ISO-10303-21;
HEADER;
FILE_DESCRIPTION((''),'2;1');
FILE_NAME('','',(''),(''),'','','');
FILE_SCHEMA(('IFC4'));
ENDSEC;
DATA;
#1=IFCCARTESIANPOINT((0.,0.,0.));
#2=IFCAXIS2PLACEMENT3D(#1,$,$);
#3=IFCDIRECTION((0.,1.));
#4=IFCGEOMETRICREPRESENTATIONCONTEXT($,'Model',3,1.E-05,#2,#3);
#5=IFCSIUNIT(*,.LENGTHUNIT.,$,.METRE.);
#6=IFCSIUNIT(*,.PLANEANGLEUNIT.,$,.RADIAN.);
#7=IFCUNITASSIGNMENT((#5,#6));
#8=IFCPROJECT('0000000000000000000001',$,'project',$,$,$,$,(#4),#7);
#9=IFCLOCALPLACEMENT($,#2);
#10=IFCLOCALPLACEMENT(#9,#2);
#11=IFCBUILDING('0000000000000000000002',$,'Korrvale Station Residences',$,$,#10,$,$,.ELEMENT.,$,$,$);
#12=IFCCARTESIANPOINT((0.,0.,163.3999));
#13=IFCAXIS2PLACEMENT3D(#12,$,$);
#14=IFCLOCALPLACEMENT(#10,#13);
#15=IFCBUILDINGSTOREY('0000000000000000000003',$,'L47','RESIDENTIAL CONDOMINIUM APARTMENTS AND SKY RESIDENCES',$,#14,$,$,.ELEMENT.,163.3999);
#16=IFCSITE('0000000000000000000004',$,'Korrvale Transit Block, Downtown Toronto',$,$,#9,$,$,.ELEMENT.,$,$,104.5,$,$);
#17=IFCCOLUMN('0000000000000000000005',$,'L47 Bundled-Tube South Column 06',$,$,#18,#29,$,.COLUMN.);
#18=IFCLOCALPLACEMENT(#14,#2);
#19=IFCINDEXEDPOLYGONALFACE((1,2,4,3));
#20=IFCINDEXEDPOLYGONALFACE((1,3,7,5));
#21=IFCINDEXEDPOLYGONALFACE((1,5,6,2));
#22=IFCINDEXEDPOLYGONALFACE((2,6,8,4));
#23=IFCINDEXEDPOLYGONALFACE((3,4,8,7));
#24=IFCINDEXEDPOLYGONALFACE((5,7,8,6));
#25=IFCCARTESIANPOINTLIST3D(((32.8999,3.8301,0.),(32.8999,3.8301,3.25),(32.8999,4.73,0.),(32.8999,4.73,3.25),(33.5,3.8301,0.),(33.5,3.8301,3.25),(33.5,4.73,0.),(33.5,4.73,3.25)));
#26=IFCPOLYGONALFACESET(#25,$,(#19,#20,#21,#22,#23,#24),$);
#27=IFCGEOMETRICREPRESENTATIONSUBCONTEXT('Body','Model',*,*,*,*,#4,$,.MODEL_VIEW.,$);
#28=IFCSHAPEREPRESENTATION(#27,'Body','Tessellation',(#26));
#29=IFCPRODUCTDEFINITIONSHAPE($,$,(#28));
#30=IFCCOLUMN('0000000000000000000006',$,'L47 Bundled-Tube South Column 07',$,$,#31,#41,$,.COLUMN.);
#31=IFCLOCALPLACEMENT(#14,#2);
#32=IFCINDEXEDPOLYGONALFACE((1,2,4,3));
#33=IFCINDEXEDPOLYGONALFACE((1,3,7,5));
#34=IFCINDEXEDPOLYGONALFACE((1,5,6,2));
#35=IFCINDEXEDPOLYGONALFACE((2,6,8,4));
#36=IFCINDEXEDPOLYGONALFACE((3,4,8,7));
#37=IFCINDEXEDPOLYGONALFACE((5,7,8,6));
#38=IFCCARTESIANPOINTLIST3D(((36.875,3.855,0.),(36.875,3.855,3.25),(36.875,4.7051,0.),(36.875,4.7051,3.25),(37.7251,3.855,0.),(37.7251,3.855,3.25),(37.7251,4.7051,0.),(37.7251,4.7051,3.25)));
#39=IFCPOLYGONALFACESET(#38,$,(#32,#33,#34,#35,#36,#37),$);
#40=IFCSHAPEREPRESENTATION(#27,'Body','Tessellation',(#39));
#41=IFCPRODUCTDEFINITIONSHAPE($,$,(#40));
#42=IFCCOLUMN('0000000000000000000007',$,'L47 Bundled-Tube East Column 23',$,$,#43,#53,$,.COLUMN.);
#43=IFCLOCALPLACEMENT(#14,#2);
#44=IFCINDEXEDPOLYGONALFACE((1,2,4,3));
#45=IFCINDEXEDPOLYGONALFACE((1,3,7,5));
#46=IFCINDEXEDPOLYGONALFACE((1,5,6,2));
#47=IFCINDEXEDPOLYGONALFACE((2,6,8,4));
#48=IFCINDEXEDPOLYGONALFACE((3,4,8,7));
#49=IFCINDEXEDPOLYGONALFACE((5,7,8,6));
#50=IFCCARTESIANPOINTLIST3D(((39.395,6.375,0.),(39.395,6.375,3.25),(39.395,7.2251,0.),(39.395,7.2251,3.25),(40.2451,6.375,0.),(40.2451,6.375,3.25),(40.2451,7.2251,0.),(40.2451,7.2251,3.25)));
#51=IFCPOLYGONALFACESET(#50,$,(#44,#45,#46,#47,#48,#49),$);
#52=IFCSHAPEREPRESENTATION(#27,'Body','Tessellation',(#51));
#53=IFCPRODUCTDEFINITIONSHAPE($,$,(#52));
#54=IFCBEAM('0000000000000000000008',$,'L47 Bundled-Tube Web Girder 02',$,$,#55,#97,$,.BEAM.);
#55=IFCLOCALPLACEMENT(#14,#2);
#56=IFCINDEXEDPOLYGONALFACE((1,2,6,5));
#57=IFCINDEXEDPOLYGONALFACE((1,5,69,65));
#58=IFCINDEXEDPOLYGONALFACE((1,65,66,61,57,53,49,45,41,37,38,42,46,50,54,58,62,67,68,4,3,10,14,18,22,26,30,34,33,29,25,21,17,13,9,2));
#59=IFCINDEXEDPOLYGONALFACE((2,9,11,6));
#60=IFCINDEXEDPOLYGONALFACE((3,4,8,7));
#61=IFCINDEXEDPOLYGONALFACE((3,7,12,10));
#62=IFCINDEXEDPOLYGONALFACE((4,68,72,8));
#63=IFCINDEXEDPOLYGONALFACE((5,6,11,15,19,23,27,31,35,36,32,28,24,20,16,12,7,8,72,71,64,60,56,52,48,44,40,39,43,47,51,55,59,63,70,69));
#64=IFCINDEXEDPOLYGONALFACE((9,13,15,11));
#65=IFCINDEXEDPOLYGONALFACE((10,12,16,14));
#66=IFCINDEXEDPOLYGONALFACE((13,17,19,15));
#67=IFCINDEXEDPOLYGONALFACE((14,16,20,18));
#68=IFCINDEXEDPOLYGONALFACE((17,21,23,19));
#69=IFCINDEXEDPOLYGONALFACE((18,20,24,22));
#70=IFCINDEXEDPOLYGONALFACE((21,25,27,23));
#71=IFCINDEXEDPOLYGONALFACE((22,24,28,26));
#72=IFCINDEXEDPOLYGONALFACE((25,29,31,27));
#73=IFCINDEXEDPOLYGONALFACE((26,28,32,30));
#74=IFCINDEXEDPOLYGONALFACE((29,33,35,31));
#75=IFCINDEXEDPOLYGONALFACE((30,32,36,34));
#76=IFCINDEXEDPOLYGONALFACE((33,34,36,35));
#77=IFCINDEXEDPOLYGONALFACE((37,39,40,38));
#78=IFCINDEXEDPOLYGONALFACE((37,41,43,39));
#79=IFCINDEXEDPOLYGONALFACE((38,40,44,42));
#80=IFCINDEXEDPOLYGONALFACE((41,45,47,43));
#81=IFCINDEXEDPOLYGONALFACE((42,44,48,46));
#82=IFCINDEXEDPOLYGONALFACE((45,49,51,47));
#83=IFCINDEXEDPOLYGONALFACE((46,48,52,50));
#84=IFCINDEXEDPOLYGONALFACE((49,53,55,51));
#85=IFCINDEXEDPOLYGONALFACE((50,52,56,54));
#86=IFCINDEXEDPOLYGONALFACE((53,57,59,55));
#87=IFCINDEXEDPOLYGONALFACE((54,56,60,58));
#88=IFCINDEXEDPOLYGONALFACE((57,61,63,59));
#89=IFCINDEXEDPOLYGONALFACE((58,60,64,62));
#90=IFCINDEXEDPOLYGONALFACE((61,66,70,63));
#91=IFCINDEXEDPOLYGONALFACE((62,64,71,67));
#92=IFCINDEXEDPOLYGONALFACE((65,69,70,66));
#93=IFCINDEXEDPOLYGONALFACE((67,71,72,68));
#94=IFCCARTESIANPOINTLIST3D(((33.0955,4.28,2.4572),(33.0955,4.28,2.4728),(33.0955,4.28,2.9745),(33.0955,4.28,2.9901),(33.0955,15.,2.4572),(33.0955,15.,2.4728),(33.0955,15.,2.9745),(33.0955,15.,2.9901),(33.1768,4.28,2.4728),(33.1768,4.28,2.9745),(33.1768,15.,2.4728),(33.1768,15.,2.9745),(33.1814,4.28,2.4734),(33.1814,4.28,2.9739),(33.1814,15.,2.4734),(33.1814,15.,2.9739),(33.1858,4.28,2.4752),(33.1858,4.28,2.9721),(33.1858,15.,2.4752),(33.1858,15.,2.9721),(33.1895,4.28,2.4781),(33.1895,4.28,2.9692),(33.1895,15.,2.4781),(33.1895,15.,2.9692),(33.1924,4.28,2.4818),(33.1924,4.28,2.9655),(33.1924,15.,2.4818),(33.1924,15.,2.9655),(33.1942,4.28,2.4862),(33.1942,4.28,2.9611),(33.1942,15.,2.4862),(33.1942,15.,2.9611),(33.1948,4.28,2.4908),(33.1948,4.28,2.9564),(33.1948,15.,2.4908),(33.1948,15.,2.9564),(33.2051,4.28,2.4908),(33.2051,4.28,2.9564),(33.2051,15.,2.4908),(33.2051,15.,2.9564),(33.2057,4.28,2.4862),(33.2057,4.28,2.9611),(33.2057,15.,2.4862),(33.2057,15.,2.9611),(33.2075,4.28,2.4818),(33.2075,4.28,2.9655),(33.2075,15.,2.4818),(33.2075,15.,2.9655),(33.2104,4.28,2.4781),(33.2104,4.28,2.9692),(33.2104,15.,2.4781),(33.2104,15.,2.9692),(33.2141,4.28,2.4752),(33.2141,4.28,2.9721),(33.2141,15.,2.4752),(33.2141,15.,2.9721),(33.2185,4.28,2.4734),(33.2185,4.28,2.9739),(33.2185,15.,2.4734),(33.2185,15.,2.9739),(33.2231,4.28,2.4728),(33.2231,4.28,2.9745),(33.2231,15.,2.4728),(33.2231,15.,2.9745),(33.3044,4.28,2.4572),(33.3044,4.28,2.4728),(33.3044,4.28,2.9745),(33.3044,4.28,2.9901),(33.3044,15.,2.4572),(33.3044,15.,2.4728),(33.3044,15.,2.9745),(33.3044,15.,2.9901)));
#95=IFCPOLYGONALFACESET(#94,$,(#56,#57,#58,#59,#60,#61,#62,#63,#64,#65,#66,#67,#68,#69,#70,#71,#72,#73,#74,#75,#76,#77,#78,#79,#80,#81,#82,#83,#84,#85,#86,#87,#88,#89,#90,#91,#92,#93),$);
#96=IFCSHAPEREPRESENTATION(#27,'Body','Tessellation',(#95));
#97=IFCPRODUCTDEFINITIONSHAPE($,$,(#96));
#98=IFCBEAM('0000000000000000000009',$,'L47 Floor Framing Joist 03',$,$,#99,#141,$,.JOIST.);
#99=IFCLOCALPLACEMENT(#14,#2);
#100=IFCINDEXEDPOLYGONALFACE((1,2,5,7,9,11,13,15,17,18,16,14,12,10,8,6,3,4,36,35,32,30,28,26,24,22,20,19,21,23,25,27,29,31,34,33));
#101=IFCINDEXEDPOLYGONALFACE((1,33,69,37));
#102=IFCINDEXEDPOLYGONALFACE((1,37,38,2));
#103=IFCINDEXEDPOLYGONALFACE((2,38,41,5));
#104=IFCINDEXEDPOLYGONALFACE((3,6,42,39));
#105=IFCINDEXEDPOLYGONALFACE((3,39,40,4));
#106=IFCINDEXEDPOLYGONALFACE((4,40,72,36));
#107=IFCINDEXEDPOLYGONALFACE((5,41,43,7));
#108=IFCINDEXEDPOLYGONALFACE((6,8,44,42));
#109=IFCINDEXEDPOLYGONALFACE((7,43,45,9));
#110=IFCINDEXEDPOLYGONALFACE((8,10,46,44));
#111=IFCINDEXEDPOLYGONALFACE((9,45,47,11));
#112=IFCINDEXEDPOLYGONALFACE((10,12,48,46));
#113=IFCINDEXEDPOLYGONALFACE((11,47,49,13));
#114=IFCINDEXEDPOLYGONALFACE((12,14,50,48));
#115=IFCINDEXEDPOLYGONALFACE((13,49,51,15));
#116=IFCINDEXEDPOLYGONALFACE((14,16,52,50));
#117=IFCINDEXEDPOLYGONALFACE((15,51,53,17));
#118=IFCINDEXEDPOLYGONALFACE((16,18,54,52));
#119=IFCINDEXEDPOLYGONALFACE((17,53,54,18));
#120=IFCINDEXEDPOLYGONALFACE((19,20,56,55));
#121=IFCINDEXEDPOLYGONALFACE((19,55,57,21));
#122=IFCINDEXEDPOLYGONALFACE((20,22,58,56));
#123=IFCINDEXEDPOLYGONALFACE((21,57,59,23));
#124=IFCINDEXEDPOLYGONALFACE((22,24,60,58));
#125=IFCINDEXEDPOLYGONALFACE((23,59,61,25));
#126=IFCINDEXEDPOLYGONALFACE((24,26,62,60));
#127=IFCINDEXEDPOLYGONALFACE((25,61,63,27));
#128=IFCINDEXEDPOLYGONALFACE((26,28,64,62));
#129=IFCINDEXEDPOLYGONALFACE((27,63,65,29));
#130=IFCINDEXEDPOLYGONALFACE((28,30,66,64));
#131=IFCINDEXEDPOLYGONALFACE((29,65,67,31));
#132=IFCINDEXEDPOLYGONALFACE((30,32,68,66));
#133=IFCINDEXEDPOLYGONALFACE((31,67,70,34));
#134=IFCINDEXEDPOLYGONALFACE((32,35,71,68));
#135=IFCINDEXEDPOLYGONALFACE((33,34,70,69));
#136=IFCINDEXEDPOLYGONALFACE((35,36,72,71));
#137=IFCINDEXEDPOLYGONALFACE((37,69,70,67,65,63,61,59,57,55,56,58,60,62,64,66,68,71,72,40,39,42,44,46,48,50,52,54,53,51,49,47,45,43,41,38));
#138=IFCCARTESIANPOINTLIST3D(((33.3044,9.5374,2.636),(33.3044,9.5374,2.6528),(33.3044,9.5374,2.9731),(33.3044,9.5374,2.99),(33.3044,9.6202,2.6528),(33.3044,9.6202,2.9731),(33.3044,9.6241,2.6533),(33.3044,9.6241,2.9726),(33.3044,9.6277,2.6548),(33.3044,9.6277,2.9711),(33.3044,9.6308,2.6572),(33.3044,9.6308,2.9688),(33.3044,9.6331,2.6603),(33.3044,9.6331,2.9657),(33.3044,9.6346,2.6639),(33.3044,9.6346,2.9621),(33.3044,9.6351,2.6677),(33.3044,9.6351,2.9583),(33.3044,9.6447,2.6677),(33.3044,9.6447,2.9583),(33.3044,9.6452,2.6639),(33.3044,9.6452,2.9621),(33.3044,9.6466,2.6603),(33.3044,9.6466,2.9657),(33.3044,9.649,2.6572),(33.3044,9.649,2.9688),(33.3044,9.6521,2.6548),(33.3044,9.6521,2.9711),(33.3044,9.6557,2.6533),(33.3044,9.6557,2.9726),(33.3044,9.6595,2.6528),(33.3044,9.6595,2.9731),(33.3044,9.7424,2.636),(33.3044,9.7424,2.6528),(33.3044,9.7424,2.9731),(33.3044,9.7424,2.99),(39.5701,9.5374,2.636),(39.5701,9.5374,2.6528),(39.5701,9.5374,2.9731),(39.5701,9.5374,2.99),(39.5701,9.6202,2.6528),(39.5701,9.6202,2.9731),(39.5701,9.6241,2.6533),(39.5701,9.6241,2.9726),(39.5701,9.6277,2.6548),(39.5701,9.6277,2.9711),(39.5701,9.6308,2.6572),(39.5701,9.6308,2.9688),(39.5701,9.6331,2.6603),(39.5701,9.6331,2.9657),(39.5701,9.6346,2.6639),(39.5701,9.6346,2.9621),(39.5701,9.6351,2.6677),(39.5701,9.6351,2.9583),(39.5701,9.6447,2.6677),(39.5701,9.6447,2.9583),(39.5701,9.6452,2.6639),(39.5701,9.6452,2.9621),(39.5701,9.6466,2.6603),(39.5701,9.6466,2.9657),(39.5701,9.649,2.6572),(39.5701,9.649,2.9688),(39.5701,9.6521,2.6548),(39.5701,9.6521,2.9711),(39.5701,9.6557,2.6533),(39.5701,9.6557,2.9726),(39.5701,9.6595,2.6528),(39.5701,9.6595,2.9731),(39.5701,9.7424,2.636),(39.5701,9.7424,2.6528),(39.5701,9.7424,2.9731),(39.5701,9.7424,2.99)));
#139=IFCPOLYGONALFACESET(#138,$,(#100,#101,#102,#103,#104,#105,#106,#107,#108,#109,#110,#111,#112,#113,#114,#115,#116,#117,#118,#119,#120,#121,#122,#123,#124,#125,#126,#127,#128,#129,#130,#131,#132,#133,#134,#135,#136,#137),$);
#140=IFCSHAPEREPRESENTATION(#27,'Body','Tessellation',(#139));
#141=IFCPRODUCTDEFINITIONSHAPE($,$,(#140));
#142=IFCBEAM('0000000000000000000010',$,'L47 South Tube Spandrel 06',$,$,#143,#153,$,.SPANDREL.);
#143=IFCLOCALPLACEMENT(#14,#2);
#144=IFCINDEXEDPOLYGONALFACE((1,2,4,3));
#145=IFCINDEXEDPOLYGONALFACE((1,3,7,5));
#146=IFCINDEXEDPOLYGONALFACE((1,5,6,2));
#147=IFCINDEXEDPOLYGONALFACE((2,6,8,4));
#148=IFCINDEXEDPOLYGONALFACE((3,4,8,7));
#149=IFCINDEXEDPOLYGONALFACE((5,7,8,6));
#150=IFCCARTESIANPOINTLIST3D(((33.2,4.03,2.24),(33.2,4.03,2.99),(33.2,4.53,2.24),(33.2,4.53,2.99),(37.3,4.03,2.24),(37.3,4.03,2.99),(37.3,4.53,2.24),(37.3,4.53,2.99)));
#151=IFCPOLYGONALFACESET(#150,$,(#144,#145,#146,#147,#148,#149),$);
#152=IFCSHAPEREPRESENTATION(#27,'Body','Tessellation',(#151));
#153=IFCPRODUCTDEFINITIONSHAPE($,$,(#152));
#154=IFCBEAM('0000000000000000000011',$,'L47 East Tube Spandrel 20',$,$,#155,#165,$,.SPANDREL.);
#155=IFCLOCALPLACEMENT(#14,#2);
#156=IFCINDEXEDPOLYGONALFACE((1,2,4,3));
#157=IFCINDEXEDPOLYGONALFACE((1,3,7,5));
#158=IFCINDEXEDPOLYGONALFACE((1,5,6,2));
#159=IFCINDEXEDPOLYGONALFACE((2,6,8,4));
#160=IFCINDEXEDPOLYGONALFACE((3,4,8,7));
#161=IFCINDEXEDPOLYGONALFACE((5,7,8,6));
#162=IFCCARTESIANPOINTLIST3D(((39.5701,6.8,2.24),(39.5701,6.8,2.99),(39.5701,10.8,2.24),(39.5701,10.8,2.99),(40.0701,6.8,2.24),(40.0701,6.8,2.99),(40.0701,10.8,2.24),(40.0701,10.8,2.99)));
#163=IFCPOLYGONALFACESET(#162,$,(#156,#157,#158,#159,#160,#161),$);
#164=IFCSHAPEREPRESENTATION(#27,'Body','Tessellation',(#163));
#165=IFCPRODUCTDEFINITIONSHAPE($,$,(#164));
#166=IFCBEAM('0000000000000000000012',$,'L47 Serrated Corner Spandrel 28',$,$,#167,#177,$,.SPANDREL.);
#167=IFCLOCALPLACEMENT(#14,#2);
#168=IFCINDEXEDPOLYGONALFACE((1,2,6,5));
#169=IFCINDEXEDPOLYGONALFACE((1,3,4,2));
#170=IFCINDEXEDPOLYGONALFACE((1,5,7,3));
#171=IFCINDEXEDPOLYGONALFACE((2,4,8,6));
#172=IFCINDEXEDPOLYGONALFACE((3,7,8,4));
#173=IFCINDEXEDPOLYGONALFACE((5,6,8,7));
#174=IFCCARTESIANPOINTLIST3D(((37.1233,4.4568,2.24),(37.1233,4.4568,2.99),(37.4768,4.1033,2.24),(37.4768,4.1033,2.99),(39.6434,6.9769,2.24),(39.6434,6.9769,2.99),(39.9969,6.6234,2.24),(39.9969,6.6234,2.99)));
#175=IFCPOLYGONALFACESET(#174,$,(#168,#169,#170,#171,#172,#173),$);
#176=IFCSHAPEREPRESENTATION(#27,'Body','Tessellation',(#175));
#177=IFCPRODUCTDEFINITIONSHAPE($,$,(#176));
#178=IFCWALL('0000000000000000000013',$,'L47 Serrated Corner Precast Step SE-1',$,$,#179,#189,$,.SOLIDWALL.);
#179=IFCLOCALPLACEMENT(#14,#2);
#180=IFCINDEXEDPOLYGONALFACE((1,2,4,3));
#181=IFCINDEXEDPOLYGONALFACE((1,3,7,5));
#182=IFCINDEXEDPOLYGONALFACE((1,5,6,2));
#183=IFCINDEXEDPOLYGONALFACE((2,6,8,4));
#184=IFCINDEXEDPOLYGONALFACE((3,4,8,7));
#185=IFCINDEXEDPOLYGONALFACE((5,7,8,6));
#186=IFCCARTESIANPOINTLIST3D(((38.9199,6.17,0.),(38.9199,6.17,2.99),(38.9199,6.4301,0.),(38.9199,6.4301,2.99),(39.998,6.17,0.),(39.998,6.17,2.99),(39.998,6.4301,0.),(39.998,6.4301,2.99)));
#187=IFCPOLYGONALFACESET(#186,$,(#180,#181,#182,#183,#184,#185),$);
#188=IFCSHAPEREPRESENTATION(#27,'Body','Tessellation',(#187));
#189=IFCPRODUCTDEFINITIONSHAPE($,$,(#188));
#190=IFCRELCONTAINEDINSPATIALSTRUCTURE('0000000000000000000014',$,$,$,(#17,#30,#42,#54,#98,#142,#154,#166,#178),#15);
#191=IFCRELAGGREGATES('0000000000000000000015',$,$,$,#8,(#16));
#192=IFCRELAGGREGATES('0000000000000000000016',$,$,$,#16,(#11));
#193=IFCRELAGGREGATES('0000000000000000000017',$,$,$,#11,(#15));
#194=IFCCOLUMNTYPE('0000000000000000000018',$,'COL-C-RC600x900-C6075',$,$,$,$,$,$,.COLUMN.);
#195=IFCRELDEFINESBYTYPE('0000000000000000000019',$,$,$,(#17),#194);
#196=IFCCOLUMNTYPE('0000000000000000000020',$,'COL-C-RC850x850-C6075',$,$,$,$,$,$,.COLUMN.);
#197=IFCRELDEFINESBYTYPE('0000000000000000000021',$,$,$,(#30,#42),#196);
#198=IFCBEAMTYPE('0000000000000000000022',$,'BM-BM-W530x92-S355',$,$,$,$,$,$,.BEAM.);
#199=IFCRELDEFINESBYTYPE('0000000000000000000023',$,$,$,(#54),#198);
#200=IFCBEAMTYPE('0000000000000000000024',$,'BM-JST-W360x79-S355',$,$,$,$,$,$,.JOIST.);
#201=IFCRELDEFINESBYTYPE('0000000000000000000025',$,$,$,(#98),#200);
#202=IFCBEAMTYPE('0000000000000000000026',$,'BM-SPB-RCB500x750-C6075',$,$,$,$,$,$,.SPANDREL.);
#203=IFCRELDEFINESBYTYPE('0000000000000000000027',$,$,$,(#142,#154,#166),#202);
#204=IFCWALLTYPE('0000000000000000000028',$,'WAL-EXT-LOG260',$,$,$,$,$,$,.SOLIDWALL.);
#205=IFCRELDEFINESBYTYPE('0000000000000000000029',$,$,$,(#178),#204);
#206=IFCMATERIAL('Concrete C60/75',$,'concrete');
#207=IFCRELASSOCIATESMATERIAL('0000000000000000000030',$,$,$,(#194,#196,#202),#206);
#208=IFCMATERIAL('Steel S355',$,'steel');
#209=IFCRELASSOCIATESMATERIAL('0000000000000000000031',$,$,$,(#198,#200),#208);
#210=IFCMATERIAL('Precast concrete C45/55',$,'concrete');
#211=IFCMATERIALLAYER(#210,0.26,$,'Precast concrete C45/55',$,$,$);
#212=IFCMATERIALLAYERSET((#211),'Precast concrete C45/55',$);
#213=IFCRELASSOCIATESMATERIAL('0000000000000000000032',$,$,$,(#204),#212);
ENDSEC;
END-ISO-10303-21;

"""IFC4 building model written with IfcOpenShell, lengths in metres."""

from ifc_helpers import new_model, si_unit, direction, frame, frame_2d, origin, origin_2d, place, context, subcontext, project, spatial, rectangle, i_section, extrude, material, layer, layer_set, material_profile, profile_set, type_object, element, save


model = new_model("IFC4")

# Units and contexts
model_context = context("Model", 3, precision=1e-05, world=origin(), true_north=direction((0.0, 1.0)))
body_context = subcontext(model_context, "Body", "Model", "MODEL_VIEW")
ifc_project = project(units=[si_unit("LENGTHUNIT", "METRE"), si_unit("PLANEANGLEUNIT", "RADIAN")], contexts=[model_context])

# Site, building, storey
site_placement = place(None, origin())
site = spatial("IfcSite", under=ifc_project, at=site_placement, Name="Korrvale Transit Block, Downtown Toronto", CompositionType="ELEMENT", RefElevation=104.5)
building_placement = place(site_placement, origin())
building = spatial("IfcBuilding", under=site, at=building_placement, Name="Korrvale Station Residences", CompositionType="ELEMENT")
storey_placement = place(building_placement, frame((0.0, 0.0, 163.3999)))
storey = spatial("IfcBuildingStorey", under=building, at=storey_placement, Name="L47", Description="RESIDENTIAL CONDOMINIUM APARTMENTS AND SKY RESIDENCES", CompositionType="ELEMENT", Elevation=163.3999)

# Columns
ifc_material_1 = material(Name="Concrete C60/75", Category="concrete")
ifc_material_profile_1 = material_profile(ifc_material_1, rectangle(XDim=0.6001, YDim=0.8999, at=origin_2d()), Name="RC600x900")
ifc_profile_set_1 = profile_set([ifc_material_profile_1], Name="Concrete C60/75")
column_type_1 = type_object("IfcColumnType", Name="COL-C-RC600x900-C6075", PredefinedType="COLUMN", material=ifc_profile_set_1)
column_placement = place(storey_placement, frame((33.2, 4.28, 0.0), z_axis=(0.0, 0.0, 1.0), x_axis=(1.0, 0.0, 0.0)))
element("IfcColumn", 1, at=column_placement, inside=storey, type_object=column_type_1, Name="L47 Bundled-Tube South Column 06", PredefinedType="COLUMN", context=body_context, shape_type="SweptSolid", body=[
    extrude(rectangle(XDim=0.6001, YDim=0.8999, at=origin_2d()), origin(), (0.0, 0.0, 1.0), 3.25),
])
ifc_material_profile_2 = material_profile(ifc_material_1, rectangle(XDim=0.8501, YDim=0.8501, at=origin_2d()), Name="RC850x850")
ifc_profile_set_2 = profile_set([ifc_material_profile_2], Name="Concrete C60/75")
column_type_2 = type_object("IfcColumnType", Name="COL-C-RC850x850-C6075", PredefinedType="COLUMN", material=ifc_profile_set_2)
for number, where, z_axis, x_axis, name in (
    (2, (37.3, 4.28, 0.0), (0.0, 0.0, 1.0), (1.0, 0.0, 0.0), "L47 Bundled-Tube South Column 07"),
    (3, (39.8201, 6.8, 0.0), (0.0, 0.0, 1.0), (1.0, 0.0, 0.0), "L47 Bundled-Tube East Column 23"),
):
    element("IfcColumn", number, at=place(storey_placement, frame(where, z_axis=z_axis, x_axis=x_axis)), inside=storey, type_object=column_type_2, Name=name, PredefinedType="COLUMN", context=body_context, shape_type="SweptSolid", body=[
        extrude(rectangle(XDim=0.8501, YDim=0.8501, at=origin_2d()), origin(), (0.0, 0.0, 1.0), 3.25),
    ])

# Beams
ifc_material_2 = material(Name="Steel S355", Category="steel")
ifc_material_profile_3 = material_profile(ifc_material_2, i_section(OverallWidth=0.209, OverallDepth=0.533, WebThickness=0.0103, FlangeThickness=0.0156, FilletRadius=0.0181, at=origin_2d()), Name="W530x92")
ifc_profile_set_3 = profile_set([ifc_material_profile_3], Name="Steel S355")
beam_type_1 = type_object("IfcBeamType", Name="BM-BM-W530x92-S355", PredefinedType="BEAM", material=ifc_profile_set_3)
beam_1_placement = place(storey_placement, frame((33.2, 4.28, 2.7236), z_axis=(0.0, 1.0, 0.0), x_axis=(-1.0, 0.0, 0.0)))
element("IfcBeam", 4, at=beam_1_placement, inside=storey, type_object=beam_type_1, Name="L47 Bundled-Tube Web Girder 02", PredefinedType="BEAM", context=body_context, shape_type="SweptSolid", body=[
    extrude(i_section(OverallWidth=0.209, OverallDepth=0.533, WebThickness=0.0103, FlangeThickness=0.0156, FilletRadius=0.0181, at=origin_2d()), origin(), (0.0, 0.0, 1.0), 10.72),
])
ifc_material_profile_4 = material_profile(ifc_material_2, i_section(OverallWidth=0.2051, OverallDepth=0.354, WebThickness=0.0095, FlangeThickness=0.0168, FilletRadius=0.0149, at=origin_2d()), Name="W360x79")
ifc_profile_set_4 = profile_set([ifc_material_profile_4], Name="Steel S355")
beam_type_2 = type_object("IfcBeamType", Name="BM-JST-W360x79-S355", PredefinedType="JOIST", material=ifc_profile_set_4)
beam_2_placement = place(storey_placement, frame((33.3044, 9.6399, 2.813), z_axis=(1.0, 0.0, 0.0), x_axis=(0.0, 1.0, 0.0)))
element("IfcBeam", 5, at=beam_2_placement, inside=storey, type_object=beam_type_2, Name="L47 Floor Framing Joist 03", PredefinedType="JOIST", context=body_context, shape_type="SweptSolid", body=[
    extrude(i_section(OverallWidth=0.2051, OverallDepth=0.354, WebThickness=0.0095, FlangeThickness=0.0168, FilletRadius=0.0149, at=origin_2d()), origin(), (0.0, 0.0, 1.0), 6.2656),
])
ifc_material_profile_5 = material_profile(ifc_material_1, rectangle(XDim=0.5, YDim=0.75, at=origin_2d()), Name="RCB500x750")
ifc_profile_set_5 = profile_set([ifc_material_profile_5], Name="Concrete C60/75")
beam_type_3 = type_object("IfcBeamType", Name="BM-SPB-RCB500x750-C6075", PredefinedType="SPANDREL", material=ifc_profile_set_5)
beam_3_placement = place(storey_placement, frame((33.2, 4.28, 2.615), z_axis=(1.0, 0.0, 0.0), x_axis=(0.0, 1.0, 0.0)))
element("IfcBeam", 6, at=beam_3_placement, inside=storey, type_object=beam_type_3, Name="L47 South Tube Spandrel 06", PredefinedType="SPANDREL", context=body_context, shape_type="SweptSolid", body=[
    extrude(rectangle(XDim=0.5, YDim=0.75, at=origin_2d()), origin(), (0.0, 0.0, 1.0), 4.1001),
])
beam_4_placement = place(storey_placement, frame((39.8201, 6.8, 2.615), z_axis=(0.0, 1.0, 0.0), x_axis=(-1.0, 0.0, 0.0)))
element("IfcBeam", 7, at=beam_4_placement, inside=storey, type_object=beam_type_3, Name="L47 East Tube Spandrel 20", PredefinedType="SPANDREL", context=body_context, shape_type="SweptSolid", body=[
    extrude(rectangle(XDim=0.5, YDim=0.75, at=origin_2d()), origin(), (0.0, 0.0, 1.0), 4.0),
])
beam_5_placement = place(storey_placement, frame((37.3, 4.28, 2.615), z_axis=(0.707107, 0.707107, 0.0), x_axis=(-0.707107, 0.707107, 0.0)))
element("IfcBeam", 8, at=beam_5_placement, inside=storey, type_object=beam_type_3, Name="L47 Serrated Corner Spandrel 28", PredefinedType="SPANDREL", context=body_context, shape_type="SweptSolid", body=[
    extrude(rectangle(XDim=0.5, YDim=0.75, at=origin_2d()), origin(), (0.0, 0.0, 1.0), 3.564),
])

# Wall
ifc_material_3 = material(Name="Precast concrete C45/55", Category="concrete")
ifc_layer_1 = layer(ifc_material_3, 0.26, Name="Precast concrete C45/55")
ifc_layer_set_1 = layer_set([ifc_layer_1], Name="Precast concrete C45/55")
wall_type_1 = type_object("IfcWallType", Name="WAL-EXT-LOG260", PredefinedType="SOLIDWALL", material=ifc_layer_set_1)
wall_1_placement = place(storey_placement, frame((39.998, 6.3, 0.0), z_axis=(0.0, 0.0, 1.0), x_axis=(-1.0, 0.0, 0.0)))
element("IfcWall", 9, at=wall_1_placement, inside=storey, type_object=wall_type_1, Name="L47 Serrated Corner Precast Step SE-1", PredefinedType="SOLIDWALL", context=body_context, shape_type="SweptSolid", body=[
    extrude(rectangle(XDim=1.0781, YDim=0.26, at=frame_2d((0.5391, 0.0))), origin(), (0.0, 0.0, 1.0), 2.99),
])

save(model, "model.ifc")
